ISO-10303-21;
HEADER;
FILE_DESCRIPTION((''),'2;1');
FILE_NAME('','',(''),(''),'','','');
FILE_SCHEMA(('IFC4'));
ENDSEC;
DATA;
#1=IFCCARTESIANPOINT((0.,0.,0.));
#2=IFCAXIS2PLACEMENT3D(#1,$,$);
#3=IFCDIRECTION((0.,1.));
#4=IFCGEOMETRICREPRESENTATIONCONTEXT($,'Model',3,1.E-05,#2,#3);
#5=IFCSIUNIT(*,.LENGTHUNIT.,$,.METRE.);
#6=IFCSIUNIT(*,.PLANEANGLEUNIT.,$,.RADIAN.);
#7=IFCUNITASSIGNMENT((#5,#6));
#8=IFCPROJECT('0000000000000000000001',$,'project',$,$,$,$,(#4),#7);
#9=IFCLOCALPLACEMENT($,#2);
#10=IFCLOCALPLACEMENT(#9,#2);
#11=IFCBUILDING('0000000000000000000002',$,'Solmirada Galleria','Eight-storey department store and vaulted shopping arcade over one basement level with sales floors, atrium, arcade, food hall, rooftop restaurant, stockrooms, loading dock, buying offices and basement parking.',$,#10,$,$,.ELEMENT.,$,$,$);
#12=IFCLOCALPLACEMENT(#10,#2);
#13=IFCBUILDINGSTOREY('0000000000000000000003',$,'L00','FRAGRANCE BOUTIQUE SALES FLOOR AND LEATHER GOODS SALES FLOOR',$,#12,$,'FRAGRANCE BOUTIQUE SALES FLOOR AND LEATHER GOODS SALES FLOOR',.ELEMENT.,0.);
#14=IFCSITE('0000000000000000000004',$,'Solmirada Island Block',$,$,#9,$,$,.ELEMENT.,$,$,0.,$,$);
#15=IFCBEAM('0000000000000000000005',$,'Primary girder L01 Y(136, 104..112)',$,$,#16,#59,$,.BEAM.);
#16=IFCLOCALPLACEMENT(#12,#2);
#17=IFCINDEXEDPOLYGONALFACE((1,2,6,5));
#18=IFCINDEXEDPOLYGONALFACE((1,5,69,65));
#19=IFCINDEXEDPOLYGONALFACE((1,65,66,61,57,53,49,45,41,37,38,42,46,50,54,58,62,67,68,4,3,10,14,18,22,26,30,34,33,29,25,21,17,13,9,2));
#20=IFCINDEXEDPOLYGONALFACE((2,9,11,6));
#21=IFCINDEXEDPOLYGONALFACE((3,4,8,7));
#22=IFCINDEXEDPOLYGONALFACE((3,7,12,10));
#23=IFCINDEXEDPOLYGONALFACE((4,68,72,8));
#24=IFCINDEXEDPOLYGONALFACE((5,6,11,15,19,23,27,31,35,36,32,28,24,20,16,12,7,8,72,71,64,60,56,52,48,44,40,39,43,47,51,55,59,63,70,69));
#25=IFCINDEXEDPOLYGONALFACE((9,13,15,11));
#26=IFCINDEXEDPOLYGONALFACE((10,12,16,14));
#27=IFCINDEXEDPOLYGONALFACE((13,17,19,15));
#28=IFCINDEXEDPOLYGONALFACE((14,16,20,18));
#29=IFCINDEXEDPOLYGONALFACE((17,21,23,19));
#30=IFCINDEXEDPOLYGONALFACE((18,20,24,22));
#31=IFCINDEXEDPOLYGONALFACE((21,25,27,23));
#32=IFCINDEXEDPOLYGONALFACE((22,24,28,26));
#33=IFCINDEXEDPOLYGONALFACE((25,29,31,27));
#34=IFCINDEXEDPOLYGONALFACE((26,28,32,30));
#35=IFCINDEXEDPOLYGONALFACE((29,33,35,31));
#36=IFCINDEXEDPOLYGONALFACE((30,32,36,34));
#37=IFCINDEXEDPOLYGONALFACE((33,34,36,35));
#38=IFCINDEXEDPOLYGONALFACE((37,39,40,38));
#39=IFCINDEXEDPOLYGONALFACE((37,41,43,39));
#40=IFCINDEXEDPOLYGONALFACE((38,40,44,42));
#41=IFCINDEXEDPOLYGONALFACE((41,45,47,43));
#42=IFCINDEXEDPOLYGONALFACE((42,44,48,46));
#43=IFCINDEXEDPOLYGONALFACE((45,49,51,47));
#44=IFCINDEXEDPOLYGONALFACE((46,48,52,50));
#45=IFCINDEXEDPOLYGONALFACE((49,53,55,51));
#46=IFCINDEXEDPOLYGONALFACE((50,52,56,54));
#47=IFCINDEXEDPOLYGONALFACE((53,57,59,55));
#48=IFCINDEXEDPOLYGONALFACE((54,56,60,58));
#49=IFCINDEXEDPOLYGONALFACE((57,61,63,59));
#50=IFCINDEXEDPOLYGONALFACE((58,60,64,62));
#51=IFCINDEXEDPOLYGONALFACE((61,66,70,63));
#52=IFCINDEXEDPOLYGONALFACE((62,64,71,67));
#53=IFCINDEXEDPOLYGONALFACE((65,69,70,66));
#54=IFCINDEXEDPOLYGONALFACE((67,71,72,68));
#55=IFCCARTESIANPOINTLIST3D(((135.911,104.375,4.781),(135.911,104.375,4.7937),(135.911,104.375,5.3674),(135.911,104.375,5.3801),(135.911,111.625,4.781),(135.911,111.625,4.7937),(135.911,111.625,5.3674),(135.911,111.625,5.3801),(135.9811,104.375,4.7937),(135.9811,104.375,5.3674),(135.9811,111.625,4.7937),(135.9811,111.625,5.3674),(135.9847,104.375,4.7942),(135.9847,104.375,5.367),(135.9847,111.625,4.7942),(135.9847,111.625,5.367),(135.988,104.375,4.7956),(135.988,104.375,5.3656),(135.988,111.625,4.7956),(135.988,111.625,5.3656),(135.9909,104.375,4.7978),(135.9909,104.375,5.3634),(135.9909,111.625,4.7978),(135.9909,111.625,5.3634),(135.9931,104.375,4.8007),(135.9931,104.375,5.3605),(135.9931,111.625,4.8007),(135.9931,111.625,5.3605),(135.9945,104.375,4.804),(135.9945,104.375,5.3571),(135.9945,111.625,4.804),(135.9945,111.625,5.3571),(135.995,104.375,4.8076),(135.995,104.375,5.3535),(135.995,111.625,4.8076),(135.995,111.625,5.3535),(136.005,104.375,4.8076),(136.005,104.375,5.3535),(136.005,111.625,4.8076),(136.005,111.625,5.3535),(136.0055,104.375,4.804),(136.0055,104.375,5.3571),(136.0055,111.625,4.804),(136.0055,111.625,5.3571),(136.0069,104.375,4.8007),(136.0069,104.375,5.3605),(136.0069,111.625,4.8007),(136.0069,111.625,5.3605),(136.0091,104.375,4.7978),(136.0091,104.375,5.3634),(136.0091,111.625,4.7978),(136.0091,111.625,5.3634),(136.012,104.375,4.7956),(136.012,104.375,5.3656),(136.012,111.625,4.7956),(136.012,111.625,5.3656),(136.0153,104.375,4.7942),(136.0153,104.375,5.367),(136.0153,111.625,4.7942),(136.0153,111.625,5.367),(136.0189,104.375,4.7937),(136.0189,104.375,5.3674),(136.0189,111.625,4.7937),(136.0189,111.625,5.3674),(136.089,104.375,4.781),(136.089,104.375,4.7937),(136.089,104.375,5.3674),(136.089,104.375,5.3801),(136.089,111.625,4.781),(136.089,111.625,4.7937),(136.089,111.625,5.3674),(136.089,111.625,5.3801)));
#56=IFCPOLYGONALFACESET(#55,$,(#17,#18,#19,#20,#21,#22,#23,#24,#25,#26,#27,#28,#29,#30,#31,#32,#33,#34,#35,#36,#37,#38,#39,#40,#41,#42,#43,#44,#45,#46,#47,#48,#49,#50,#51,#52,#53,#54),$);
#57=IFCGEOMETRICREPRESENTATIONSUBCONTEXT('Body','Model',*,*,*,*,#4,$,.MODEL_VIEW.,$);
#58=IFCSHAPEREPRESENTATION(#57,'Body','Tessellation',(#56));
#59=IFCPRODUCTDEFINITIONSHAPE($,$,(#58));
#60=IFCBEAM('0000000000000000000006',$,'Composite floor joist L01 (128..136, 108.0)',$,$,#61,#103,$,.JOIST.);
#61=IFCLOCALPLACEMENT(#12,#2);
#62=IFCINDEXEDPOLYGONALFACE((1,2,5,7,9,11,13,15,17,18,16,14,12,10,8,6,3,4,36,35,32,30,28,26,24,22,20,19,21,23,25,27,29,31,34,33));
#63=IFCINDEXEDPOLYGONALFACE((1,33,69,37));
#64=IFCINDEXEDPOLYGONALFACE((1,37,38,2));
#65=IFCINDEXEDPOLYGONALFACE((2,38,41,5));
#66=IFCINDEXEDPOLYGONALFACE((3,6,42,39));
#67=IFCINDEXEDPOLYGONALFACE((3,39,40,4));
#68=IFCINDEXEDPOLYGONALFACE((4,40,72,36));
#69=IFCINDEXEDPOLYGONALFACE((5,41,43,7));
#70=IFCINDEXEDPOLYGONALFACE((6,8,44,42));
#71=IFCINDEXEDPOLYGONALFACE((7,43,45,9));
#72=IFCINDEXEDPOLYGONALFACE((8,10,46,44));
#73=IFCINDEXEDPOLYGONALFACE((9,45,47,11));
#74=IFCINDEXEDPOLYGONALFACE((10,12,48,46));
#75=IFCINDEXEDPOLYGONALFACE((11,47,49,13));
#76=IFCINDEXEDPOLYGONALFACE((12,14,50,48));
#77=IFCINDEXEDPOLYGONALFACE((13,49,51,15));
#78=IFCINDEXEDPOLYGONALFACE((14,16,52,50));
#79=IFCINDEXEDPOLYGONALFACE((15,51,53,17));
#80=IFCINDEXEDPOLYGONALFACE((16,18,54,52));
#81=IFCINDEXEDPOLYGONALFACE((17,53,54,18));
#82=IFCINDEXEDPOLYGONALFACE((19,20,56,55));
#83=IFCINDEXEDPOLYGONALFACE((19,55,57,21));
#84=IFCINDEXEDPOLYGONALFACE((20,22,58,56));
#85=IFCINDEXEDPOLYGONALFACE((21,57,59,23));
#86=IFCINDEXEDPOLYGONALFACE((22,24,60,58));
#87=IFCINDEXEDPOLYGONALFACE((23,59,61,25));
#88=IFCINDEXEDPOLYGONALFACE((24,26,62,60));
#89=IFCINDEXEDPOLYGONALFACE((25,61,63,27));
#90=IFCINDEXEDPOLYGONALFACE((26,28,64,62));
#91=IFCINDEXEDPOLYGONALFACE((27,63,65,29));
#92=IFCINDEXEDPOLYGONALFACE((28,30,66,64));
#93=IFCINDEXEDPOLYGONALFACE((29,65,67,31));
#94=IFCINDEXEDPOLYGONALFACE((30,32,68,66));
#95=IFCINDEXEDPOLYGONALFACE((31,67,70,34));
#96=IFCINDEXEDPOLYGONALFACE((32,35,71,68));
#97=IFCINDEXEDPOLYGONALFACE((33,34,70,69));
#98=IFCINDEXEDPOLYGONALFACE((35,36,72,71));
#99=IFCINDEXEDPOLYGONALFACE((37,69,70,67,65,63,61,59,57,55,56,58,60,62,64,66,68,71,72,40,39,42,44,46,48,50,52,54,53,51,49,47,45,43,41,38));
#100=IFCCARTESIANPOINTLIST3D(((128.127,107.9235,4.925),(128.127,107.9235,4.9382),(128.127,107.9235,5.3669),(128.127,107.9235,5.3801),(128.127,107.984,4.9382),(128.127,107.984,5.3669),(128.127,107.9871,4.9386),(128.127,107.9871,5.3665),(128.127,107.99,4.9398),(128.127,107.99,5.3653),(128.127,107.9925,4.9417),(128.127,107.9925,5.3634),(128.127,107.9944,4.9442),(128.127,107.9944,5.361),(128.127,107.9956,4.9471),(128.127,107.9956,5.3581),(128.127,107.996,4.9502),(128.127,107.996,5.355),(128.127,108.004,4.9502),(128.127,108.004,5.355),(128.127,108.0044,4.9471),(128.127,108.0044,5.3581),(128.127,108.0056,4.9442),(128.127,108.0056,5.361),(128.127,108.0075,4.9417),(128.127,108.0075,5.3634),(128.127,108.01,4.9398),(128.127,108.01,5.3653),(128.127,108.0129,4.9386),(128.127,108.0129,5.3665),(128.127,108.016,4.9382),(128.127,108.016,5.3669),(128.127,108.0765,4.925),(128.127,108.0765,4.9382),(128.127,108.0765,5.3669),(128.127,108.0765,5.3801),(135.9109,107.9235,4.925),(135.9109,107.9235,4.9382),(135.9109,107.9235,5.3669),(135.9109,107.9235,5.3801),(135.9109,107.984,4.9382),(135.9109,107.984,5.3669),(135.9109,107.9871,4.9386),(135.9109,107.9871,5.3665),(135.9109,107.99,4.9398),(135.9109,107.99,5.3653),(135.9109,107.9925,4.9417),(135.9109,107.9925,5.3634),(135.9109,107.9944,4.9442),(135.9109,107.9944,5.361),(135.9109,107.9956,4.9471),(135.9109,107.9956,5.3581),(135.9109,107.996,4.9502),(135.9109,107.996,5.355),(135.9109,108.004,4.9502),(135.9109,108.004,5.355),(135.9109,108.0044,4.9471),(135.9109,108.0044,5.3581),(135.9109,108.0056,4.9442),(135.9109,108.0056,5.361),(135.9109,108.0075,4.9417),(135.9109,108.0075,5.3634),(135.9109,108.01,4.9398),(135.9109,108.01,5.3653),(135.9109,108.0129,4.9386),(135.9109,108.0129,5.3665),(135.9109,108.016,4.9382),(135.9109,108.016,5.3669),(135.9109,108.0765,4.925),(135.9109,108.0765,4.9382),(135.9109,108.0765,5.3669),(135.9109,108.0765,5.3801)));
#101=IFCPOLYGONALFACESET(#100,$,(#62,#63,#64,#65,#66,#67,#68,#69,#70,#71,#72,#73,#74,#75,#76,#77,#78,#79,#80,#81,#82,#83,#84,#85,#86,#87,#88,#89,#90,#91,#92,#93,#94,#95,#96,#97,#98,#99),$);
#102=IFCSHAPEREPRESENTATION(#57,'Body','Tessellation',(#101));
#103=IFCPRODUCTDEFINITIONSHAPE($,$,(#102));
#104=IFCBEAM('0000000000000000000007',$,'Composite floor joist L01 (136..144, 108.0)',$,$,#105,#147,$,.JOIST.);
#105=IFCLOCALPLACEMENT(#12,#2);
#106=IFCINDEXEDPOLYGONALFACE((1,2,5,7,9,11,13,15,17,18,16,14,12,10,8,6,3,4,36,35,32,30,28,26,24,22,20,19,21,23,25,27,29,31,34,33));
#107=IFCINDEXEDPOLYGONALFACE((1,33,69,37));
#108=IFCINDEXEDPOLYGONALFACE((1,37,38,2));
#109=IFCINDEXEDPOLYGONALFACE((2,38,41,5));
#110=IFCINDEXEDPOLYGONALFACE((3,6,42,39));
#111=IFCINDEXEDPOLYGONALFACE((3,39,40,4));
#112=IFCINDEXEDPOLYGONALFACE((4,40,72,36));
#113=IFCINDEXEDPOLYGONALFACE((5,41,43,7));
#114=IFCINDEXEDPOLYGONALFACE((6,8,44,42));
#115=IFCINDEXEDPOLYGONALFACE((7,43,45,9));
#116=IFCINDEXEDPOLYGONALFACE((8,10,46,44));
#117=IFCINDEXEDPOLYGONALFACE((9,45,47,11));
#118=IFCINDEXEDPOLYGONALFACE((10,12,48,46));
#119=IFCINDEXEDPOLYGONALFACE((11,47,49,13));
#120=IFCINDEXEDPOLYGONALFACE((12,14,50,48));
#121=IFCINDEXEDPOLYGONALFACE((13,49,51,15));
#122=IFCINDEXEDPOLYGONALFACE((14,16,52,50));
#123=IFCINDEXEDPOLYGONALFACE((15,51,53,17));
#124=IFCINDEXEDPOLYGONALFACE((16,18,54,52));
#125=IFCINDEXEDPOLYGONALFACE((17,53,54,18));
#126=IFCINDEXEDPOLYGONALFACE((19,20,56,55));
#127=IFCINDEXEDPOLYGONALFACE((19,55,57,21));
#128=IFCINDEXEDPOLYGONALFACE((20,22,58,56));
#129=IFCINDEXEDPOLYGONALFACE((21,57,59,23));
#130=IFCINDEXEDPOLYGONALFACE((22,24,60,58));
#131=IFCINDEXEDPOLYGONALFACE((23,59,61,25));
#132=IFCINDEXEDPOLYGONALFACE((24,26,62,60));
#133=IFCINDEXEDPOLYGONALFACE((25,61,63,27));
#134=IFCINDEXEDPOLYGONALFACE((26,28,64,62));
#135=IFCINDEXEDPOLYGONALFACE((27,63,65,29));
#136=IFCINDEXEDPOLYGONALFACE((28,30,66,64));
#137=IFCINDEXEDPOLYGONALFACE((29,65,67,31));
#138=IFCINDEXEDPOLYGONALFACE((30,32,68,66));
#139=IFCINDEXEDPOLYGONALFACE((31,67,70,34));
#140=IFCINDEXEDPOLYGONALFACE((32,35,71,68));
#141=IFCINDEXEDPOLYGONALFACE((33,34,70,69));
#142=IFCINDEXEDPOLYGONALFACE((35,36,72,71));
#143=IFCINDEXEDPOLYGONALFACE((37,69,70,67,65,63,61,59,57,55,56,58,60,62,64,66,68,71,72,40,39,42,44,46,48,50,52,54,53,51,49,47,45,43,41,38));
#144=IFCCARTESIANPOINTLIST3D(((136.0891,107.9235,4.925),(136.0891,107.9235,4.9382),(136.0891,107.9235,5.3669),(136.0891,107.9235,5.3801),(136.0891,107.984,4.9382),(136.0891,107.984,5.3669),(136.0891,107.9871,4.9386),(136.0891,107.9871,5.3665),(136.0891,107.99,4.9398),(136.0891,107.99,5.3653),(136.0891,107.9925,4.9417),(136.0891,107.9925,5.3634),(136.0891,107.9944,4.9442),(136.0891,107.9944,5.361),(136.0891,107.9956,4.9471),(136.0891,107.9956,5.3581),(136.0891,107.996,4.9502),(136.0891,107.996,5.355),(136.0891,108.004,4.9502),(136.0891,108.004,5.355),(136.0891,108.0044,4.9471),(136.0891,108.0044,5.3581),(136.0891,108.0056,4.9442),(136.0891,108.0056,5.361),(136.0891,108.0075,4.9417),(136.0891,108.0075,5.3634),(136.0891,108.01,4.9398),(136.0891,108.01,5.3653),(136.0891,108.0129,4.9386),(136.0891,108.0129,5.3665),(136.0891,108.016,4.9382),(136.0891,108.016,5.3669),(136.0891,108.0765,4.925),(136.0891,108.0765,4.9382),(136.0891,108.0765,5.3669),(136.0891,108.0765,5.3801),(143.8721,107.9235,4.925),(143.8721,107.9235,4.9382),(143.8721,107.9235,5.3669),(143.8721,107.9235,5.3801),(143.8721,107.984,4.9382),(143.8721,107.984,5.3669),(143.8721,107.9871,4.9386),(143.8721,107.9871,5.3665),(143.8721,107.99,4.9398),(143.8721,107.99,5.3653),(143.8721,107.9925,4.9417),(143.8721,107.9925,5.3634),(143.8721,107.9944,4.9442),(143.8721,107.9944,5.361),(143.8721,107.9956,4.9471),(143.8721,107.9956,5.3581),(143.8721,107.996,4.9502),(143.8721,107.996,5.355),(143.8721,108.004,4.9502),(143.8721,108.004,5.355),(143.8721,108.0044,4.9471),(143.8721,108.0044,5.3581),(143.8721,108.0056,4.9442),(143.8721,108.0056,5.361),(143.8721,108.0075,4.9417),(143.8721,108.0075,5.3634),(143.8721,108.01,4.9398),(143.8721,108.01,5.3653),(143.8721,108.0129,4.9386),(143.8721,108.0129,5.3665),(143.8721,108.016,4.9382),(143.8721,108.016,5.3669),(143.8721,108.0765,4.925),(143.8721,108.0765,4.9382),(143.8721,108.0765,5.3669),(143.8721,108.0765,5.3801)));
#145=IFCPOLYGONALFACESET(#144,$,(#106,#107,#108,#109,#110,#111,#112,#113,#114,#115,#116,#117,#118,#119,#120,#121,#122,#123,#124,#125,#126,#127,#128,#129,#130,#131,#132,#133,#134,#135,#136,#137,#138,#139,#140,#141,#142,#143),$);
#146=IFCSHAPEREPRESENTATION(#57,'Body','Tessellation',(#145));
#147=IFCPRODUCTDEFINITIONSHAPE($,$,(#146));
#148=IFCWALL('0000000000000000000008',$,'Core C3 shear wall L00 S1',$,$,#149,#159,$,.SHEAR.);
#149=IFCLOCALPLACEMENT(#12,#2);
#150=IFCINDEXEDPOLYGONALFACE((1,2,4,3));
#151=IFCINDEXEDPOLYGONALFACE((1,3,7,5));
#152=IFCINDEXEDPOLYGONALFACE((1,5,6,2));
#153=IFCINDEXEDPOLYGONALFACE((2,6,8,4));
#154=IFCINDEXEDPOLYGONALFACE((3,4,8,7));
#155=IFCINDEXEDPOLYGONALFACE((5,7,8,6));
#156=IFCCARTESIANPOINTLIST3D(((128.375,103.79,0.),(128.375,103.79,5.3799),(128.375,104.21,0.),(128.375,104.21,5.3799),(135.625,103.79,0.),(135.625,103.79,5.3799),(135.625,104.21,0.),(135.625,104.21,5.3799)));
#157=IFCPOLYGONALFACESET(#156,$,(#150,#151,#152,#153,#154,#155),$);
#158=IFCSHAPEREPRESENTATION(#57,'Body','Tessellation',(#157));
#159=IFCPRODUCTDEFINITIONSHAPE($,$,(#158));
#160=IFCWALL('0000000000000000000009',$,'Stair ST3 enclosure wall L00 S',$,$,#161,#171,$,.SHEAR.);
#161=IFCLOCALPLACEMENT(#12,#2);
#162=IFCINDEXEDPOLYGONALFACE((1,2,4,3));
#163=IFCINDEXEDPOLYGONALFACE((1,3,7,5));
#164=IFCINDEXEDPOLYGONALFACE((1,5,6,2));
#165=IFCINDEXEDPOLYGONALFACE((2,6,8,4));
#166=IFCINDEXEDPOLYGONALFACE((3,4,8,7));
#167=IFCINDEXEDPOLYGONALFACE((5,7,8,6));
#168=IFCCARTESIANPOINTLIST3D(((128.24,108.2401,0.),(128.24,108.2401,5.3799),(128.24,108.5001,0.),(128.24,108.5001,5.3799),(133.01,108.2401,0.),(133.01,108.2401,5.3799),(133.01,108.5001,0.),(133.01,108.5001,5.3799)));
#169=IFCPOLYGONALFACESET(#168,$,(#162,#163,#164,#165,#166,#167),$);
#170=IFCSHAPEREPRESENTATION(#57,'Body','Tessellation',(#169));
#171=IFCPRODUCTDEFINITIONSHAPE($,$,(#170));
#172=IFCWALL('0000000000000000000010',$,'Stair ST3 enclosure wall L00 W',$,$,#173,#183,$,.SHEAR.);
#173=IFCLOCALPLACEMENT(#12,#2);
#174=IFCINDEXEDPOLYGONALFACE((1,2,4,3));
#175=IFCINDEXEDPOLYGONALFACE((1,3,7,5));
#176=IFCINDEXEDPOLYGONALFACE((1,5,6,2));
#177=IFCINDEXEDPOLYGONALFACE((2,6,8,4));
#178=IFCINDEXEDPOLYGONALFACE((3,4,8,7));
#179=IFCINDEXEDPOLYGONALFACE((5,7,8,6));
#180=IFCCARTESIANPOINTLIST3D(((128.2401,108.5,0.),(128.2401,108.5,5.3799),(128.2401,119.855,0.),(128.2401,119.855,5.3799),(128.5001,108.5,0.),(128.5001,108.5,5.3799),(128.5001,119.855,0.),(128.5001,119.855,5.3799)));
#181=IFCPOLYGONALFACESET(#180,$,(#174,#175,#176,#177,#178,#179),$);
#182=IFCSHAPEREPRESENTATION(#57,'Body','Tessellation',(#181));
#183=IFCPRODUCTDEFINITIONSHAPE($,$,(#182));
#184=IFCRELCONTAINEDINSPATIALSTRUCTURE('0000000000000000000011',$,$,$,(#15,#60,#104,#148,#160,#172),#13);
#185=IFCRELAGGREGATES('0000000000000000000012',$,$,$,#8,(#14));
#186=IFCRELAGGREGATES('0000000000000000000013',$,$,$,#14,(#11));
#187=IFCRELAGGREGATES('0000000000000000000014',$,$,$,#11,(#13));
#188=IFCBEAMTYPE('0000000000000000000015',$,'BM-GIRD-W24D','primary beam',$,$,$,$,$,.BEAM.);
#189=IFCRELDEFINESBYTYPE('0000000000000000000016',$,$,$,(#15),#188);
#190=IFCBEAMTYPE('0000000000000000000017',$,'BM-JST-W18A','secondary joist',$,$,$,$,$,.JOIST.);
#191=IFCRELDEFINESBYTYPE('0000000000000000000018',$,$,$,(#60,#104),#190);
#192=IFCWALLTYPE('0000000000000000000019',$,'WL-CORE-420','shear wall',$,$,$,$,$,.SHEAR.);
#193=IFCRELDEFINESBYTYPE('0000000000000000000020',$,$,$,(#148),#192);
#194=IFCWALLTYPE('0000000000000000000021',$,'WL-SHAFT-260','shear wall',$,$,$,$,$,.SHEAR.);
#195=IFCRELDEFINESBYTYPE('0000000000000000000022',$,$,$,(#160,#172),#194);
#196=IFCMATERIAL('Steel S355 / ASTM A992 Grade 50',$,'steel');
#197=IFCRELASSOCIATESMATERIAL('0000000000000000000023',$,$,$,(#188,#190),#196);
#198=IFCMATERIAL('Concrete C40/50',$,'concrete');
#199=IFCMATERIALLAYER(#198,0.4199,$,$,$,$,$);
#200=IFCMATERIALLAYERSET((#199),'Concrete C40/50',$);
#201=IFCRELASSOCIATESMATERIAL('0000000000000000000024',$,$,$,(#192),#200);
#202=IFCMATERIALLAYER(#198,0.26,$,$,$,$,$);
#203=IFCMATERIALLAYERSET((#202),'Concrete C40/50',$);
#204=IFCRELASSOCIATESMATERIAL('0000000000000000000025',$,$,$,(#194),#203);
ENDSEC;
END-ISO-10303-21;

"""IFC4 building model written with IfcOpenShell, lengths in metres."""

from ifc_helpers import new_model, si_unit, direction, frame, frame_2d, origin, origin_2d, place, context, subcontext, project, spatial, rectangle, i_section, extrude, material, layer, layer_set, material_profile, profile_set, type_object, element, save


model = new_model("IFC4")

# Units and contexts
model_context = context("Model", 3, precision=1e-05, world=origin(), true_north=direction((0.0, 1.0)))
body_context = subcontext(model_context, "Body", "Model", "MODEL_VIEW")
ifc_project = project(units=[si_unit("LENGTHUNIT", "METRE"), si_unit("PLANEANGLEUNIT", "RADIAN")], contexts=[model_context])

# Site, building, storey
site_placement = place(None, origin())
site = spatial("IfcSite", under=ifc_project, at=site_placement, Name="Solmirada Island Block", CompositionType="ELEMENT", RefElevation=0.0)
building_placement = place(site_placement, origin())
building = spatial("IfcBuilding", under=site, at=building_placement, Name="Solmirada Galleria", Description="Eight-storey department store and vaulted shopping arcade over one basement level with sales floors, atrium, arcade, food hall, rooftop restaurant, stockrooms, loading dock, buying offices and basement parking.", CompositionType="ELEMENT")
storey_placement = place(building_placement, origin())
storey = spatial("IfcBuildingStorey", under=building, at=storey_placement, Name="L00", Description="FRAGRANCE BOUTIQUE SALES FLOOR AND LEATHER GOODS SALES FLOOR", LongName="FRAGRANCE BOUTIQUE SALES FLOOR AND LEATHER GOODS SALES FLOOR", CompositionType="ELEMENT", Elevation=0.0)

# Shared definitions
ifc_material_1 = material(Name="Concrete C40/50", Category="concrete")

# Beams
ifc_material_2 = material(Name="Steel S355 / ASTM A992 Grade 50", Category="steel")
ifc_material_profile_1 = material_profile(ifc_material_2, i_section(OverallWidth=0.178, OverallDepth=0.5991, WebThickness=0.01, FlangeThickness=0.0127, FilletRadius=0.0139, at=origin_2d()), Name="W24X55")
ifc_profile_set_1 = profile_set([ifc_material_profile_1], Name="Steel S355 / ASTM A992 Grade 50")
beam_type_1 = type_object("IfcBeamType", Name="BM-GIRD-W24D", Description="primary beam", PredefinedType="BEAM", material=ifc_profile_set_1)
beam_1_placement = place(storey_placement, frame((136.0, 104.375, 5.0806), z_axis=(0.0, 1.0, 0.0), x_axis=(-1.0, 0.0, 0.0)))
element("IfcBeam", 1, at=beam_1_placement, inside=storey, type_object=beam_type_1, Name="Primary girder L01 Y(136, 104..112)", PredefinedType="BEAM", context=body_context, shape_type="SweptSolid", body=[
    extrude(i_section(OverallWidth=0.178, OverallDepth=0.5991, WebThickness=0.01, FlangeThickness=0.0127, FilletRadius=0.0139, at=origin_2d()), origin(), (0.0, 0.0, 1.0), 7.25),
])
ifc_material_profile_2 = material_profile(ifc_material_2, i_section(OverallWidth=0.1531, OverallDepth=0.4551, WebThickness=0.0081, FlangeThickness=0.0132, FilletRadius=0.012, at=origin_2d()), Name="W18X40")
ifc_profile_set_2 = profile_set([ifc_material_profile_2], Name="Steel S355 / ASTM A992 Grade 50")
beam_type_2 = type_object("IfcBeamType", Name="BM-JST-W18A", Description="secondary joist", PredefinedType="JOIST", material=ifc_profile_set_2)
beam_2_placement = place(storey_placement, frame((128.127, 108.0, 5.1526), z_axis=(1.0, 0.0, 0.0), x_axis=(0.0, 1.0, 0.0)))
element("IfcBeam", 2, at=beam_2_placement, inside=storey, type_object=beam_type_2, Name="Composite floor joist L01 (128..136, 108.0)", PredefinedType="JOIST", context=body_context, shape_type="SweptSolid", body=[
    extrude(i_section(OverallWidth=0.1531, OverallDepth=0.4551, WebThickness=0.0081, FlangeThickness=0.0132, FilletRadius=0.012, at=origin_2d()), origin(), (0.0, 0.0, 1.0), 7.7839),
])
beam_3_placement = place(storey_placement, frame((136.0891, 108.0, 5.1526), z_axis=(1.0, 0.0, 0.0), x_axis=(0.0, 1.0, 0.0)))
element("IfcBeam", 3, at=beam_3_placement, inside=storey, type_object=beam_type_2, Name="Composite floor joist L01 (136..144, 108.0)", PredefinedType="JOIST", context=body_context, shape_type="SweptSolid", body=[
    extrude(i_section(OverallWidth=0.1531, OverallDepth=0.4551, WebThickness=0.0081, FlangeThickness=0.0132, FilletRadius=0.012, at=origin_2d()), origin(), (0.0, 0.0, 1.0), 7.783),
])

# Wall
ifc_layer_1 = layer(ifc_material_1, 0.4199)
ifc_layer_set_1 = layer_set([ifc_layer_1], Name="Concrete C40/50")
wall_type_1 = type_object("IfcWallType", Name="WL-CORE-420", Description="shear wall", PredefinedType="SHEAR", material=ifc_layer_set_1)
wall_1_placement = place(storey_placement, frame((128.375, 104.0, 0.0), z_axis=(0.0, 0.0, 1.0), x_axis=(1.0, 0.0, 0.0)))
element("IfcWall", 4, at=wall_1_placement, inside=storey, type_object=wall_type_1, Name="Core C3 shear wall L00 S1", PredefinedType="SHEAR", context=body_context, shape_type="SweptSolid", body=[
    extrude(rectangle(XDim=7.25, YDim=0.4199, at=frame_2d((3.625, 0.0))), origin(), (0.0, 0.0, 1.0), 5.3799),
])

# Walls
ifc_layer_2 = layer(ifc_material_1, 0.26)
ifc_layer_set_2 = layer_set([ifc_layer_2], Name="Concrete C40/50")
wall_type_2 = type_object("IfcWallType", Name="WL-SHAFT-260", Description="shear wall", PredefinedType="SHEAR", material=ifc_layer_set_2)
wall_2_placement = place(storey_placement, frame((128.24, 108.3701, 0.0), z_axis=(0.0, 0.0, 1.0), x_axis=(1.0, 0.0, 0.0)))
element("IfcWall", 5, at=wall_2_placement, inside=storey, type_object=wall_type_2, Name="Stair ST3 enclosure wall L00 S", PredefinedType="SHEAR", context=body_context, shape_type="SweptSolid", body=[
    extrude(rectangle(XDim=4.77, YDim=0.26, at=frame_2d((2.385, 0.0))), origin(), (0.0, 0.0, 1.0), 5.3799),
])
wall_3_placement = place(storey_placement, frame((128.3701, 108.5, 0.0), z_axis=(0.0, 0.0, 1.0), x_axis=(0.0, 1.0, 0.0)))
element("IfcWall", 6, at=wall_3_placement, inside=storey, type_object=wall_type_2, Name="Stair ST3 enclosure wall L00 W", PredefinedType="SHEAR", context=body_context, shape_type="SweptSolid", body=[
    extrude(rectangle(XDim=11.355, YDim=0.26, at=frame_2d((5.6775, 0.0))), origin(), (0.0, 0.0, 1.0), 5.3799),
])

save(model, "model.ifc")
